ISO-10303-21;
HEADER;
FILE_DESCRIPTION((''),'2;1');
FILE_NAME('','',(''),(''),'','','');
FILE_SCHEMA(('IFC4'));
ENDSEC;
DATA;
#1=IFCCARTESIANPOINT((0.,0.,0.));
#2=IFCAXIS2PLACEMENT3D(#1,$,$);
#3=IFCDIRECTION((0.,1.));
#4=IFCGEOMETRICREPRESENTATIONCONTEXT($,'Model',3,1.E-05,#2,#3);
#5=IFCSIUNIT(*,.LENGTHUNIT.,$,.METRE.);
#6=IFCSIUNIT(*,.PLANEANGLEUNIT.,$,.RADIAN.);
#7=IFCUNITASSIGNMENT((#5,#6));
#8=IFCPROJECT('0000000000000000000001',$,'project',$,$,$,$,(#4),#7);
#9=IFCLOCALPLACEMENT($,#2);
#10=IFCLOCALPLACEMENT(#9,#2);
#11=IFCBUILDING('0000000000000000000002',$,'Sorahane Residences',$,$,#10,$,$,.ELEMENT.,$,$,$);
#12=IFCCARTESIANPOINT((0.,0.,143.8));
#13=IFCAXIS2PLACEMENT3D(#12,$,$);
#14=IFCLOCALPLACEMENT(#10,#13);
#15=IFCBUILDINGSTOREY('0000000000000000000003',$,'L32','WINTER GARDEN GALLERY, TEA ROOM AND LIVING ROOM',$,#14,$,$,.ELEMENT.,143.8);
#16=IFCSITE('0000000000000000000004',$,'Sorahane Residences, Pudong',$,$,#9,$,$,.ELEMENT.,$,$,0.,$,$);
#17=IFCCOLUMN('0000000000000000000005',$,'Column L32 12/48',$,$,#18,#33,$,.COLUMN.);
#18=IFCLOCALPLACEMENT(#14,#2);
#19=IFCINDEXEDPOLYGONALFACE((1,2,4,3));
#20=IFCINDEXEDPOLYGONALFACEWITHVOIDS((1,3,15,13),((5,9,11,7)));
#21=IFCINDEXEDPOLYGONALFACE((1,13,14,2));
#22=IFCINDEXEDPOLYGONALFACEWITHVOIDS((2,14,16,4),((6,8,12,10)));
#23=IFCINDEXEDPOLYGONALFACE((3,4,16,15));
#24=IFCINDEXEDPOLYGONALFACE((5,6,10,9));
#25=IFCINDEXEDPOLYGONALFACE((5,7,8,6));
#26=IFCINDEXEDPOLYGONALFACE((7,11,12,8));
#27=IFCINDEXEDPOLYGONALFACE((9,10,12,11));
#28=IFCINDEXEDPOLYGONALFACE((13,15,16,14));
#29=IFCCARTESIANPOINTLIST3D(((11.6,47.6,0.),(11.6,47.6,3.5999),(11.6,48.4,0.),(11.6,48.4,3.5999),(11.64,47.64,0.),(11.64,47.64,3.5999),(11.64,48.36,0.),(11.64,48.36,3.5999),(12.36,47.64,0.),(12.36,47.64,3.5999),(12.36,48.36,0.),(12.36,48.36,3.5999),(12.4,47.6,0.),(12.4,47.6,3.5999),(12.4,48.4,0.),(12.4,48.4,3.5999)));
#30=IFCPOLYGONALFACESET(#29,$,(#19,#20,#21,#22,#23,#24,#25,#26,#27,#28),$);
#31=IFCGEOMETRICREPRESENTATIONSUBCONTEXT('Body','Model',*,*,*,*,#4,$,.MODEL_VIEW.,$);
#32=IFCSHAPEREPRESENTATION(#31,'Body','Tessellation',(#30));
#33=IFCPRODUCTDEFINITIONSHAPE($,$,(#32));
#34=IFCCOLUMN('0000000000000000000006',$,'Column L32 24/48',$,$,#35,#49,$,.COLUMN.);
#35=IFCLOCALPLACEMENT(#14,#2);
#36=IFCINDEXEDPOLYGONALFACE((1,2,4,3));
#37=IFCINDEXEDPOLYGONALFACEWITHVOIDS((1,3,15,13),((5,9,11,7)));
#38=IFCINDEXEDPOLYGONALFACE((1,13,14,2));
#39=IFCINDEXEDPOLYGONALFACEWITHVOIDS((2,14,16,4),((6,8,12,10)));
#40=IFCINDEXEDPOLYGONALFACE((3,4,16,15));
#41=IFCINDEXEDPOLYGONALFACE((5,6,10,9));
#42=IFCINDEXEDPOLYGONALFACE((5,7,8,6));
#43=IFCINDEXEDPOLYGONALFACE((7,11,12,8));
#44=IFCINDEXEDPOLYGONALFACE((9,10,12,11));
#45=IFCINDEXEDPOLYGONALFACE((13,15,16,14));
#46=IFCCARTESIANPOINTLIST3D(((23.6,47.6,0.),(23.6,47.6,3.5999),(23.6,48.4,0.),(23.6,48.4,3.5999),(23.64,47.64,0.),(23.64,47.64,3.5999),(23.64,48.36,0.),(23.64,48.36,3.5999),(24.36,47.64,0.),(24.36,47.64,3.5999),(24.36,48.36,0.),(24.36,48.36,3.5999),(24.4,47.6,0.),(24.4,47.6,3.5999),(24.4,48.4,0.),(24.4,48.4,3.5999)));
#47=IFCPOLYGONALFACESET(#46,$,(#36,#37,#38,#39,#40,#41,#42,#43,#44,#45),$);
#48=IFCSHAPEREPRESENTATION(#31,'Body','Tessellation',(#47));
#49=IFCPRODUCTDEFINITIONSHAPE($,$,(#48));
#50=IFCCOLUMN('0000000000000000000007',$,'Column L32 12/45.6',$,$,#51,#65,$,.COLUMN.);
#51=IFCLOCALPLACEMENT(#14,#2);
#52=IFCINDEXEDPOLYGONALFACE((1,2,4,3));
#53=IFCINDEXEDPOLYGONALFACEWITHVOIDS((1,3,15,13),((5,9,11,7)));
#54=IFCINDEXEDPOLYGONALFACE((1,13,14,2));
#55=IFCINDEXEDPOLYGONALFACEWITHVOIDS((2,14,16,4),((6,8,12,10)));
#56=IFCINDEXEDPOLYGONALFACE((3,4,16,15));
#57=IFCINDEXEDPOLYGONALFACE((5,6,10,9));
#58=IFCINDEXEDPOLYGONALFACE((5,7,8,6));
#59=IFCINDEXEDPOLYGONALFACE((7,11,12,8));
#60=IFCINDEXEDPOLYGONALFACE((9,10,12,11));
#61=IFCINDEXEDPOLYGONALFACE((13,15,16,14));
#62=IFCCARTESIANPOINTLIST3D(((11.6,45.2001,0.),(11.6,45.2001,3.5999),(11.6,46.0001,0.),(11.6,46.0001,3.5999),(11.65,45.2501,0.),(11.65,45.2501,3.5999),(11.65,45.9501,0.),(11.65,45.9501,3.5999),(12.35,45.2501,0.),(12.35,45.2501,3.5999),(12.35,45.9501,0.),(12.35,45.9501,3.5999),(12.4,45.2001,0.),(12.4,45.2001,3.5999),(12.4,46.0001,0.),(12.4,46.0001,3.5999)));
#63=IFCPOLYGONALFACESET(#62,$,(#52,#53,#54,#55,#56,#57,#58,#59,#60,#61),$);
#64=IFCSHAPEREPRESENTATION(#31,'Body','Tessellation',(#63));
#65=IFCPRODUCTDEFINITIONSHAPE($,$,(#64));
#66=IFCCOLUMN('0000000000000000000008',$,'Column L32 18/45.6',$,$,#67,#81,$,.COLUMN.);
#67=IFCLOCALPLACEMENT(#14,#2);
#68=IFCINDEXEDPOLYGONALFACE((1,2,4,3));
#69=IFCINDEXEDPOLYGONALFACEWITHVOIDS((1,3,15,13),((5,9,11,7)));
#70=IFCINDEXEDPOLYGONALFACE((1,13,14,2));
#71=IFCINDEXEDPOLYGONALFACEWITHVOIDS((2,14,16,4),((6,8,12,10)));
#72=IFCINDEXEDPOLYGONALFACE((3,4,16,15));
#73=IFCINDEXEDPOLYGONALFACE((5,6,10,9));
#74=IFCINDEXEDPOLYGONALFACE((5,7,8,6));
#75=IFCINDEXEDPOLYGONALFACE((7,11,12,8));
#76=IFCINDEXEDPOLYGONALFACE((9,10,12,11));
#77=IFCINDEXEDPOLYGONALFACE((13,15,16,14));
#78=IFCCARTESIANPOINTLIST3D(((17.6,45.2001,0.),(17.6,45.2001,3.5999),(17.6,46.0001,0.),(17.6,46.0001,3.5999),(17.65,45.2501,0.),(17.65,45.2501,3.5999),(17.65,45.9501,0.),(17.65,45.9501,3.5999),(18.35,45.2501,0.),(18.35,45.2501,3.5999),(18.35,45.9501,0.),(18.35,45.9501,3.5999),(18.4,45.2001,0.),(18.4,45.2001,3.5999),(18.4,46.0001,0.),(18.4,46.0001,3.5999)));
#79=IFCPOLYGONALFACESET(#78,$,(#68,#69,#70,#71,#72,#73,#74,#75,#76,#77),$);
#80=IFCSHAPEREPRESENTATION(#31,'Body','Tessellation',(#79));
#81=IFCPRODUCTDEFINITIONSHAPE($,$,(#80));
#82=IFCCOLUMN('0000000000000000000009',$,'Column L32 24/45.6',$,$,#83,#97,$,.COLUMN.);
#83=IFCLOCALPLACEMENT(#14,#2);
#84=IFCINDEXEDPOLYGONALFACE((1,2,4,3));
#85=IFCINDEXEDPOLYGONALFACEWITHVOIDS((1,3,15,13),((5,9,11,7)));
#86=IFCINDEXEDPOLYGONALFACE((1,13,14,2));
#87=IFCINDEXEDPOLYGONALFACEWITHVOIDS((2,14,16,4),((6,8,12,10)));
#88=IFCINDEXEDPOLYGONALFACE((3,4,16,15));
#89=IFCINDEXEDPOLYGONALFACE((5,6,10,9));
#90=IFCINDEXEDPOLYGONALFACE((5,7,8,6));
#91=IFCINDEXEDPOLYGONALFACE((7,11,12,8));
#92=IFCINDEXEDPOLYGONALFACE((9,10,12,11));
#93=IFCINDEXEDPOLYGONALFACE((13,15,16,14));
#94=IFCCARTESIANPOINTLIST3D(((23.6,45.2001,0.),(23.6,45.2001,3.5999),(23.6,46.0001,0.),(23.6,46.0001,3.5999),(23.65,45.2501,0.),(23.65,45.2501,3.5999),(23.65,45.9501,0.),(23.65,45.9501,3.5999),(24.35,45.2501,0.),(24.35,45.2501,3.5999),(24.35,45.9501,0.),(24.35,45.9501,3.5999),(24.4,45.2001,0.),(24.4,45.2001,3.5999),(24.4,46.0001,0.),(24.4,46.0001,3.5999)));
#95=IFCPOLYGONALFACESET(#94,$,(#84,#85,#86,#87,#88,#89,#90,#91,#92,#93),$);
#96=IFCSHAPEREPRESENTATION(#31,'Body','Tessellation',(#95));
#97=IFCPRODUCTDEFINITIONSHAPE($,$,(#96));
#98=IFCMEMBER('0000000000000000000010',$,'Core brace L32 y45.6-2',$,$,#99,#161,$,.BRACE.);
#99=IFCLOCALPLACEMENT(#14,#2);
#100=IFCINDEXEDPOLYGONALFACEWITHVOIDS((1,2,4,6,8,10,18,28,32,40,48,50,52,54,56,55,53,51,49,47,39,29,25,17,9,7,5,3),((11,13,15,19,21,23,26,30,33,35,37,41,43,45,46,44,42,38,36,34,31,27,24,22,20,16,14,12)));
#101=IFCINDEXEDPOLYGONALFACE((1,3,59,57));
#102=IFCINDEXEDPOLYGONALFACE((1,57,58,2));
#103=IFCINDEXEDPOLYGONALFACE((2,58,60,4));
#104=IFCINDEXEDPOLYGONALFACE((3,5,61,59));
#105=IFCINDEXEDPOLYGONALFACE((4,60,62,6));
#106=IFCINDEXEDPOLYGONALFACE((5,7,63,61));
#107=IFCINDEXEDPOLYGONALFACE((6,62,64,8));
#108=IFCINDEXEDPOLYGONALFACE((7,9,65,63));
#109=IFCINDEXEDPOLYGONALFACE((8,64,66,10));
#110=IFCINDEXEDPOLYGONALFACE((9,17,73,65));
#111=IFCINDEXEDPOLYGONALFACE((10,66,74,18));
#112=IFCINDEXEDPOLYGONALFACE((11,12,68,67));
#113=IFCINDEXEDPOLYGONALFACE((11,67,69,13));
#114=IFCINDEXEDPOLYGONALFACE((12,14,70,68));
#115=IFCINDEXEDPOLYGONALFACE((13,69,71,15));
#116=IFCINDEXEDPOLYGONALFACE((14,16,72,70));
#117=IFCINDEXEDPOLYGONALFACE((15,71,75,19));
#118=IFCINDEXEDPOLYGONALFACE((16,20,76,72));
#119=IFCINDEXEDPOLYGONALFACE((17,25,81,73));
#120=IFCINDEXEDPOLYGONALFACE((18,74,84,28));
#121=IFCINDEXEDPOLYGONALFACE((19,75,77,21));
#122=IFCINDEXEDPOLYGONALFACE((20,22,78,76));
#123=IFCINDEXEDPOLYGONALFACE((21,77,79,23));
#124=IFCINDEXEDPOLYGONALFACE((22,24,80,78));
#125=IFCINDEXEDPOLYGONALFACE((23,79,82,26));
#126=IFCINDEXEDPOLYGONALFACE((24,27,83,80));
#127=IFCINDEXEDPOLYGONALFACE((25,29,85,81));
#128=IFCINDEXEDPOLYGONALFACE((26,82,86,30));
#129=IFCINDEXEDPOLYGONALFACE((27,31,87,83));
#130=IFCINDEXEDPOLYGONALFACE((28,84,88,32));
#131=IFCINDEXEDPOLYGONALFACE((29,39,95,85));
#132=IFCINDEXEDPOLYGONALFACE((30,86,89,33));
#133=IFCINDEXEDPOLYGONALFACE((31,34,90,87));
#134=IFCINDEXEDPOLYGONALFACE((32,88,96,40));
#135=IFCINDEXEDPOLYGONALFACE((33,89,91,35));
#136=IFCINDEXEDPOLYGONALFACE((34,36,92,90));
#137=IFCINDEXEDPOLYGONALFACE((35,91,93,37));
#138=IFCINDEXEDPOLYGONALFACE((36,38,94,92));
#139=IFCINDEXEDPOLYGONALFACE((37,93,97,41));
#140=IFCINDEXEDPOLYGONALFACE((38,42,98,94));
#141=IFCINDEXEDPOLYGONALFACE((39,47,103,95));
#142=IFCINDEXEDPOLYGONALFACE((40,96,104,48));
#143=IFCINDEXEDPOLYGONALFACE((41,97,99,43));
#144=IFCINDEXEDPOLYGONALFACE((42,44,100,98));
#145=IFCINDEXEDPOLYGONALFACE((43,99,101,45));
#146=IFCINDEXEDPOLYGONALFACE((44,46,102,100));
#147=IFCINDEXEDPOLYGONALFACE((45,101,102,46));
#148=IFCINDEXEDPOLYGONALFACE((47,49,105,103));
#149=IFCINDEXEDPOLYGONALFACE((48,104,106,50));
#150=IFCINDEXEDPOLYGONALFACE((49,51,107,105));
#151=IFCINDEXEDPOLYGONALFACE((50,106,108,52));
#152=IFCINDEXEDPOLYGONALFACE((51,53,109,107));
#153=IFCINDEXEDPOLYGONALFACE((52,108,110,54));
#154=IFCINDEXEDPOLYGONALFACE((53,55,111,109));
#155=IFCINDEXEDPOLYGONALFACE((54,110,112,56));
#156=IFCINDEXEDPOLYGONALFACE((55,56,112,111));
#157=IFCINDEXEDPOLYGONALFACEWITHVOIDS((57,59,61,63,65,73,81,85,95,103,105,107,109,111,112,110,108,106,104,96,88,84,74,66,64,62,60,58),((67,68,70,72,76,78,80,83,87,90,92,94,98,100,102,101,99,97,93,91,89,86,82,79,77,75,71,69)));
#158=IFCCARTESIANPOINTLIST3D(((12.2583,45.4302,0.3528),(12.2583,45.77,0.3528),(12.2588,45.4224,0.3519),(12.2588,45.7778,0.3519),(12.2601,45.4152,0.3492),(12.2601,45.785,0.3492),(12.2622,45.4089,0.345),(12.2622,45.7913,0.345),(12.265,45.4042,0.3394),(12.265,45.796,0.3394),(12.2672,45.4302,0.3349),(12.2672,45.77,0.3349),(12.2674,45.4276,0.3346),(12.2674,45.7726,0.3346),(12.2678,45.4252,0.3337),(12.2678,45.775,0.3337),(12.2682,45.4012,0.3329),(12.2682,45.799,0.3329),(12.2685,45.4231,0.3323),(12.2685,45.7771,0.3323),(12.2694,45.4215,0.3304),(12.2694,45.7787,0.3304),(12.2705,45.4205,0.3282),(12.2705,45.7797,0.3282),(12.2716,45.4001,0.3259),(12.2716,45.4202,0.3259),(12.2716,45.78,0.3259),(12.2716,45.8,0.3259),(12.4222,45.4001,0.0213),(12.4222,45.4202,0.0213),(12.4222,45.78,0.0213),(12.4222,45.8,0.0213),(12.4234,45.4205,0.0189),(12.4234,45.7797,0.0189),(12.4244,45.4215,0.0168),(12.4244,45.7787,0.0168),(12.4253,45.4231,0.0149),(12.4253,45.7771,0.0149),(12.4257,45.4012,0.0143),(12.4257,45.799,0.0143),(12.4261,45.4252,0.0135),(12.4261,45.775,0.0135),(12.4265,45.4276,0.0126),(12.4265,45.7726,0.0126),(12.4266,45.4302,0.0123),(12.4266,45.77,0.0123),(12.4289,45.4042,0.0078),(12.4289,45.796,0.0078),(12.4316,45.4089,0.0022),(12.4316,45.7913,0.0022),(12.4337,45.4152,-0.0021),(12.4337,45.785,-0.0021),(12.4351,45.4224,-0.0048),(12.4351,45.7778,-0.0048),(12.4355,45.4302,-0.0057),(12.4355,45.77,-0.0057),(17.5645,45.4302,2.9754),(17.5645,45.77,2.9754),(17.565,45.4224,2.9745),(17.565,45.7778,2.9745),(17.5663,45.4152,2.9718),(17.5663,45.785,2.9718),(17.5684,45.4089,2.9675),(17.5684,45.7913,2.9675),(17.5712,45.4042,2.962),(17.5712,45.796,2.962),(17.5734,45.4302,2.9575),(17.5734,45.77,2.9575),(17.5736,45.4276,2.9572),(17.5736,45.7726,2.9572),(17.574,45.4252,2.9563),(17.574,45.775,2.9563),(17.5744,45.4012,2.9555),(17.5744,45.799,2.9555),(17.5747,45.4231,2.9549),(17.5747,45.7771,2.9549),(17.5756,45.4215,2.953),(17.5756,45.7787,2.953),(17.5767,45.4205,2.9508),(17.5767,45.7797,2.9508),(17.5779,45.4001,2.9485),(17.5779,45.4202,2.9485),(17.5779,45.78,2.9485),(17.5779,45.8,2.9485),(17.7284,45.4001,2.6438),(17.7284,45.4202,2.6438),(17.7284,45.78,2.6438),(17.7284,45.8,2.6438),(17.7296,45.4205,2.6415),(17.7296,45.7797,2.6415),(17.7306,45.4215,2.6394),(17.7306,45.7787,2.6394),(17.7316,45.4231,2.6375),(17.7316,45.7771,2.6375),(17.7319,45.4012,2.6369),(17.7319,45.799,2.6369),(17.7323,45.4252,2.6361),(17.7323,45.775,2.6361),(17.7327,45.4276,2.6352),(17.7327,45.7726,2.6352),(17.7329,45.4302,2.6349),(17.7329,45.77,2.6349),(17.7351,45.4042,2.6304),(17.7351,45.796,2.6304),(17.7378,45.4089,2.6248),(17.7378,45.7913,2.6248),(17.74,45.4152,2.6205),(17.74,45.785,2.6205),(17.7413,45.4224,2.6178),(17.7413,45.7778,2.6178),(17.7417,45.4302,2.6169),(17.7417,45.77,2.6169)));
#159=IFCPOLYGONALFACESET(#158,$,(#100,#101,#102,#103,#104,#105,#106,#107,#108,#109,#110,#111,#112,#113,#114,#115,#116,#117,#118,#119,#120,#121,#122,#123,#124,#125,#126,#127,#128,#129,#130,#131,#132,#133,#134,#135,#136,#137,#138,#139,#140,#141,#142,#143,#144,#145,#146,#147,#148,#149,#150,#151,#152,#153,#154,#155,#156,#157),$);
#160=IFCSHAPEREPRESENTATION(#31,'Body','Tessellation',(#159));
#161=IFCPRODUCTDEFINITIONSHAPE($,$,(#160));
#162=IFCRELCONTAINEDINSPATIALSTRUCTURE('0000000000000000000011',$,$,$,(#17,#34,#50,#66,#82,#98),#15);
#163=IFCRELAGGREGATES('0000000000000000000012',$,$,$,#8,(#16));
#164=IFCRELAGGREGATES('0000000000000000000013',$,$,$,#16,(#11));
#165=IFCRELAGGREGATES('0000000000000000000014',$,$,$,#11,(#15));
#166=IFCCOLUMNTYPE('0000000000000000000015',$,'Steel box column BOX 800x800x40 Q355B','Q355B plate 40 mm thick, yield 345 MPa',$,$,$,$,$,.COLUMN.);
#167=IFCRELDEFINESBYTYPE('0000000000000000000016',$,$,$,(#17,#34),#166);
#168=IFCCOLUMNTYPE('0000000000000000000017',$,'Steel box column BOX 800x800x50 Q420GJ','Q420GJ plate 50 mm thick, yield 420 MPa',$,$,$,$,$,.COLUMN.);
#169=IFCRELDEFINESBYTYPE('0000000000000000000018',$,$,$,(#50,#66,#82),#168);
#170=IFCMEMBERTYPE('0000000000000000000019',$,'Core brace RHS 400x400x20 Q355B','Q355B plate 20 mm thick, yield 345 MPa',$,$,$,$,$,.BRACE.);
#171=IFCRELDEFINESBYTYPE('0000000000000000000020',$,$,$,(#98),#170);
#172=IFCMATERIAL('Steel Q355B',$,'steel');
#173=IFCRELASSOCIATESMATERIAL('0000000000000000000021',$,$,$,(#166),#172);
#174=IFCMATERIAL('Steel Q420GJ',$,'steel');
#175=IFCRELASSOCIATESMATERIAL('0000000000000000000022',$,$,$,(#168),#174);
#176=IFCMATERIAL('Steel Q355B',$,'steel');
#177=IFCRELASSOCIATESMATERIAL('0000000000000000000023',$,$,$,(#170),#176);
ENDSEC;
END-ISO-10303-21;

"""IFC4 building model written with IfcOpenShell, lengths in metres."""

from ifc_helpers import new_model, si_unit, direction, frame, origin, origin_2d, place, context, subcontext, project, spatial, hollow_rectangle, extrude, material, material_profile, profile_set, type_object, element, save


model = new_model("IFC4")

# Units and contexts
model_context = context("Model", 3, precision=1e-05, world=origin(), true_north=direction((0.0, 1.0)))
body_context = subcontext(model_context, "Body", "Model", "MODEL_VIEW")
ifc_project = project(units=[si_unit("LENGTHUNIT", "METRE"), si_unit("PLANEANGLEUNIT", "RADIAN")], contexts=[model_context])

# Site, building, storey
site_placement = place(None, origin())
site = spatial("IfcSite", under=ifc_project, at=site_placement, Name="Sorahane Residences, Pudong", CompositionType="ELEMENT", RefElevation=0.0)
building_placement = place(site_placement, origin())
building = spatial("IfcBuilding", under=site, at=building_placement, Name="Sorahane Residences", CompositionType="ELEMENT")
storey_placement = place(building_placement, frame((0.0, 0.0, 143.8)))
storey = spatial("IfcBuildingStorey", under=building, at=storey_placement, Name="L32", Description="WINTER GARDEN GALLERY, TEA ROOM AND LIVING ROOM", CompositionType="ELEMENT", Elevation=143.8)

# Columns
ifc_material_1 = material(Name="Steel Q355B", Category="steel")
ifc_material_profile_1 = material_profile(ifc_material_1, hollow_rectangle(XDim=0.8, YDim=0.8, WallThickness=0.04, at=origin_2d()), Name="BOX 800x800x40")
ifc_profile_set_1 = profile_set([ifc_material_profile_1], Name="Steel Q355B")
column_type_1 = type_object("IfcColumnType", Name="Steel box column BOX 800x800x40 Q355B", Description="Q355B plate 40 mm thick, yield 345 MPa", PredefinedType="COLUMN", material=ifc_profile_set_1)
for number, where, z_axis, x_axis, name in (
    (1, (12.0, 48.0, 0.0), (0.0, 0.0, 1.0), (1.0, 0.0, 0.0), "Column L32 12/48"),
    (2, (24.0, 48.0, 0.0), (0.0, 0.0, 1.0), (1.0, 0.0, 0.0), "Column L32 24/48"),
):
    element("IfcColumn", number, at=place(storey_placement, frame(where, z_axis=z_axis, x_axis=x_axis)), inside=storey, type_object=column_type_1, Name=name, PredefinedType="COLUMN", context=body_context, shape_type="SweptSolid", body=[
        extrude(hollow_rectangle(XDim=0.8, YDim=0.8, WallThickness=0.04, at=origin_2d()), origin(), (0.0, 0.0, 1.0), 3.5999),
    ])
ifc_material_2 = material(Name="Steel Q420GJ", Category="steel")
ifc_material_profile_2 = material_profile(ifc_material_2, hollow_rectangle(XDim=0.8, YDim=0.8, WallThickness=0.05, at=origin_2d()), Name="BOX 800x800x50")
ifc_profile_set_2 = profile_set([ifc_material_profile_2], Name="Steel Q420GJ")
column_type_2 = type_object("IfcColumnType", Name="Steel box column BOX 800x800x50 Q420GJ", Description="Q420GJ plate 50 mm thick, yield 420 MPa", PredefinedType="COLUMN", material=ifc_profile_set_2)
for number, where, z_axis, x_axis, name in (
    (3, (12.0, 45.6001, 0.0), (0.0, 0.0, 1.0), (1.0, 0.0, 0.0), "Column L32 12/45.6"),
    (4, (18.0, 45.6001, 0.0), (0.0, 0.0, 1.0), (1.0, 0.0, 0.0), "Column L32 18/45.6"),
    (5, (24.0, 45.6001, 0.0), (0.0, 0.0, 1.0), (1.0, 0.0, 0.0), "Column L32 24/45.6"),
):
    element("IfcColumn", number, at=place(storey_placement, frame(where, z_axis=z_axis, x_axis=x_axis)), inside=storey, type_object=column_type_2, Name=name, PredefinedType="COLUMN", context=body_context, shape_type="SweptSolid", body=[
        extrude(hollow_rectangle(XDim=0.8, YDim=0.8, WallThickness=0.05, at=origin_2d()), origin(), (0.0, 0.0, 1.0), 3.5999),
    ])

# Member
ifc_material_3 = material(Name="Steel Q355B", Category="steel")
ifc_material_profile_3 = material_profile(ifc_material_3, hollow_rectangle(XDim=0.3999, YDim=0.3999, WallThickness=0.02, InnerFilletRadius=0.01, OuterFilletRadius=0.03, at=origin_2d()), Name="RHS 400x400x20")
ifc_profile_set_3 = profile_set([ifc_material_profile_3], Name="Steel Q355B")
member_type_1 = type_object("IfcMemberType", Name="Core brace RHS 400x400x20 Q355B", Description="Q355B plate 20 mm thick, yield 345 MPa", PredefinedType="BRACE", material=ifc_profile_set_3)
for number, where, z_axis, x_axis, name in (
    (6, (12.3469, 45.6001, 0.1736), (0.89648, 0.0, 0.443084), (0.0, 1.0, 0.0), "Core brace L32 y45.6-2"),
):
    element("IfcMember", number, at=place(storey_placement, frame(where, z_axis=z_axis, x_axis=x_axis)), inside=storey, type_object=member_type_1, Name=name, PredefinedType="BRACE", context=body_context, shape_type="SweptSolid", body=[
        extrude(hollow_rectangle(XDim=0.3999, YDim=0.3999, WallThickness=0.02, InnerFilletRadius=0.01, OuterFilletRadius=0.03, at=origin_2d()), origin(), (0.0, 0.0, 1.0), 5.9189),
    ])

save(model, "model.ifc")
